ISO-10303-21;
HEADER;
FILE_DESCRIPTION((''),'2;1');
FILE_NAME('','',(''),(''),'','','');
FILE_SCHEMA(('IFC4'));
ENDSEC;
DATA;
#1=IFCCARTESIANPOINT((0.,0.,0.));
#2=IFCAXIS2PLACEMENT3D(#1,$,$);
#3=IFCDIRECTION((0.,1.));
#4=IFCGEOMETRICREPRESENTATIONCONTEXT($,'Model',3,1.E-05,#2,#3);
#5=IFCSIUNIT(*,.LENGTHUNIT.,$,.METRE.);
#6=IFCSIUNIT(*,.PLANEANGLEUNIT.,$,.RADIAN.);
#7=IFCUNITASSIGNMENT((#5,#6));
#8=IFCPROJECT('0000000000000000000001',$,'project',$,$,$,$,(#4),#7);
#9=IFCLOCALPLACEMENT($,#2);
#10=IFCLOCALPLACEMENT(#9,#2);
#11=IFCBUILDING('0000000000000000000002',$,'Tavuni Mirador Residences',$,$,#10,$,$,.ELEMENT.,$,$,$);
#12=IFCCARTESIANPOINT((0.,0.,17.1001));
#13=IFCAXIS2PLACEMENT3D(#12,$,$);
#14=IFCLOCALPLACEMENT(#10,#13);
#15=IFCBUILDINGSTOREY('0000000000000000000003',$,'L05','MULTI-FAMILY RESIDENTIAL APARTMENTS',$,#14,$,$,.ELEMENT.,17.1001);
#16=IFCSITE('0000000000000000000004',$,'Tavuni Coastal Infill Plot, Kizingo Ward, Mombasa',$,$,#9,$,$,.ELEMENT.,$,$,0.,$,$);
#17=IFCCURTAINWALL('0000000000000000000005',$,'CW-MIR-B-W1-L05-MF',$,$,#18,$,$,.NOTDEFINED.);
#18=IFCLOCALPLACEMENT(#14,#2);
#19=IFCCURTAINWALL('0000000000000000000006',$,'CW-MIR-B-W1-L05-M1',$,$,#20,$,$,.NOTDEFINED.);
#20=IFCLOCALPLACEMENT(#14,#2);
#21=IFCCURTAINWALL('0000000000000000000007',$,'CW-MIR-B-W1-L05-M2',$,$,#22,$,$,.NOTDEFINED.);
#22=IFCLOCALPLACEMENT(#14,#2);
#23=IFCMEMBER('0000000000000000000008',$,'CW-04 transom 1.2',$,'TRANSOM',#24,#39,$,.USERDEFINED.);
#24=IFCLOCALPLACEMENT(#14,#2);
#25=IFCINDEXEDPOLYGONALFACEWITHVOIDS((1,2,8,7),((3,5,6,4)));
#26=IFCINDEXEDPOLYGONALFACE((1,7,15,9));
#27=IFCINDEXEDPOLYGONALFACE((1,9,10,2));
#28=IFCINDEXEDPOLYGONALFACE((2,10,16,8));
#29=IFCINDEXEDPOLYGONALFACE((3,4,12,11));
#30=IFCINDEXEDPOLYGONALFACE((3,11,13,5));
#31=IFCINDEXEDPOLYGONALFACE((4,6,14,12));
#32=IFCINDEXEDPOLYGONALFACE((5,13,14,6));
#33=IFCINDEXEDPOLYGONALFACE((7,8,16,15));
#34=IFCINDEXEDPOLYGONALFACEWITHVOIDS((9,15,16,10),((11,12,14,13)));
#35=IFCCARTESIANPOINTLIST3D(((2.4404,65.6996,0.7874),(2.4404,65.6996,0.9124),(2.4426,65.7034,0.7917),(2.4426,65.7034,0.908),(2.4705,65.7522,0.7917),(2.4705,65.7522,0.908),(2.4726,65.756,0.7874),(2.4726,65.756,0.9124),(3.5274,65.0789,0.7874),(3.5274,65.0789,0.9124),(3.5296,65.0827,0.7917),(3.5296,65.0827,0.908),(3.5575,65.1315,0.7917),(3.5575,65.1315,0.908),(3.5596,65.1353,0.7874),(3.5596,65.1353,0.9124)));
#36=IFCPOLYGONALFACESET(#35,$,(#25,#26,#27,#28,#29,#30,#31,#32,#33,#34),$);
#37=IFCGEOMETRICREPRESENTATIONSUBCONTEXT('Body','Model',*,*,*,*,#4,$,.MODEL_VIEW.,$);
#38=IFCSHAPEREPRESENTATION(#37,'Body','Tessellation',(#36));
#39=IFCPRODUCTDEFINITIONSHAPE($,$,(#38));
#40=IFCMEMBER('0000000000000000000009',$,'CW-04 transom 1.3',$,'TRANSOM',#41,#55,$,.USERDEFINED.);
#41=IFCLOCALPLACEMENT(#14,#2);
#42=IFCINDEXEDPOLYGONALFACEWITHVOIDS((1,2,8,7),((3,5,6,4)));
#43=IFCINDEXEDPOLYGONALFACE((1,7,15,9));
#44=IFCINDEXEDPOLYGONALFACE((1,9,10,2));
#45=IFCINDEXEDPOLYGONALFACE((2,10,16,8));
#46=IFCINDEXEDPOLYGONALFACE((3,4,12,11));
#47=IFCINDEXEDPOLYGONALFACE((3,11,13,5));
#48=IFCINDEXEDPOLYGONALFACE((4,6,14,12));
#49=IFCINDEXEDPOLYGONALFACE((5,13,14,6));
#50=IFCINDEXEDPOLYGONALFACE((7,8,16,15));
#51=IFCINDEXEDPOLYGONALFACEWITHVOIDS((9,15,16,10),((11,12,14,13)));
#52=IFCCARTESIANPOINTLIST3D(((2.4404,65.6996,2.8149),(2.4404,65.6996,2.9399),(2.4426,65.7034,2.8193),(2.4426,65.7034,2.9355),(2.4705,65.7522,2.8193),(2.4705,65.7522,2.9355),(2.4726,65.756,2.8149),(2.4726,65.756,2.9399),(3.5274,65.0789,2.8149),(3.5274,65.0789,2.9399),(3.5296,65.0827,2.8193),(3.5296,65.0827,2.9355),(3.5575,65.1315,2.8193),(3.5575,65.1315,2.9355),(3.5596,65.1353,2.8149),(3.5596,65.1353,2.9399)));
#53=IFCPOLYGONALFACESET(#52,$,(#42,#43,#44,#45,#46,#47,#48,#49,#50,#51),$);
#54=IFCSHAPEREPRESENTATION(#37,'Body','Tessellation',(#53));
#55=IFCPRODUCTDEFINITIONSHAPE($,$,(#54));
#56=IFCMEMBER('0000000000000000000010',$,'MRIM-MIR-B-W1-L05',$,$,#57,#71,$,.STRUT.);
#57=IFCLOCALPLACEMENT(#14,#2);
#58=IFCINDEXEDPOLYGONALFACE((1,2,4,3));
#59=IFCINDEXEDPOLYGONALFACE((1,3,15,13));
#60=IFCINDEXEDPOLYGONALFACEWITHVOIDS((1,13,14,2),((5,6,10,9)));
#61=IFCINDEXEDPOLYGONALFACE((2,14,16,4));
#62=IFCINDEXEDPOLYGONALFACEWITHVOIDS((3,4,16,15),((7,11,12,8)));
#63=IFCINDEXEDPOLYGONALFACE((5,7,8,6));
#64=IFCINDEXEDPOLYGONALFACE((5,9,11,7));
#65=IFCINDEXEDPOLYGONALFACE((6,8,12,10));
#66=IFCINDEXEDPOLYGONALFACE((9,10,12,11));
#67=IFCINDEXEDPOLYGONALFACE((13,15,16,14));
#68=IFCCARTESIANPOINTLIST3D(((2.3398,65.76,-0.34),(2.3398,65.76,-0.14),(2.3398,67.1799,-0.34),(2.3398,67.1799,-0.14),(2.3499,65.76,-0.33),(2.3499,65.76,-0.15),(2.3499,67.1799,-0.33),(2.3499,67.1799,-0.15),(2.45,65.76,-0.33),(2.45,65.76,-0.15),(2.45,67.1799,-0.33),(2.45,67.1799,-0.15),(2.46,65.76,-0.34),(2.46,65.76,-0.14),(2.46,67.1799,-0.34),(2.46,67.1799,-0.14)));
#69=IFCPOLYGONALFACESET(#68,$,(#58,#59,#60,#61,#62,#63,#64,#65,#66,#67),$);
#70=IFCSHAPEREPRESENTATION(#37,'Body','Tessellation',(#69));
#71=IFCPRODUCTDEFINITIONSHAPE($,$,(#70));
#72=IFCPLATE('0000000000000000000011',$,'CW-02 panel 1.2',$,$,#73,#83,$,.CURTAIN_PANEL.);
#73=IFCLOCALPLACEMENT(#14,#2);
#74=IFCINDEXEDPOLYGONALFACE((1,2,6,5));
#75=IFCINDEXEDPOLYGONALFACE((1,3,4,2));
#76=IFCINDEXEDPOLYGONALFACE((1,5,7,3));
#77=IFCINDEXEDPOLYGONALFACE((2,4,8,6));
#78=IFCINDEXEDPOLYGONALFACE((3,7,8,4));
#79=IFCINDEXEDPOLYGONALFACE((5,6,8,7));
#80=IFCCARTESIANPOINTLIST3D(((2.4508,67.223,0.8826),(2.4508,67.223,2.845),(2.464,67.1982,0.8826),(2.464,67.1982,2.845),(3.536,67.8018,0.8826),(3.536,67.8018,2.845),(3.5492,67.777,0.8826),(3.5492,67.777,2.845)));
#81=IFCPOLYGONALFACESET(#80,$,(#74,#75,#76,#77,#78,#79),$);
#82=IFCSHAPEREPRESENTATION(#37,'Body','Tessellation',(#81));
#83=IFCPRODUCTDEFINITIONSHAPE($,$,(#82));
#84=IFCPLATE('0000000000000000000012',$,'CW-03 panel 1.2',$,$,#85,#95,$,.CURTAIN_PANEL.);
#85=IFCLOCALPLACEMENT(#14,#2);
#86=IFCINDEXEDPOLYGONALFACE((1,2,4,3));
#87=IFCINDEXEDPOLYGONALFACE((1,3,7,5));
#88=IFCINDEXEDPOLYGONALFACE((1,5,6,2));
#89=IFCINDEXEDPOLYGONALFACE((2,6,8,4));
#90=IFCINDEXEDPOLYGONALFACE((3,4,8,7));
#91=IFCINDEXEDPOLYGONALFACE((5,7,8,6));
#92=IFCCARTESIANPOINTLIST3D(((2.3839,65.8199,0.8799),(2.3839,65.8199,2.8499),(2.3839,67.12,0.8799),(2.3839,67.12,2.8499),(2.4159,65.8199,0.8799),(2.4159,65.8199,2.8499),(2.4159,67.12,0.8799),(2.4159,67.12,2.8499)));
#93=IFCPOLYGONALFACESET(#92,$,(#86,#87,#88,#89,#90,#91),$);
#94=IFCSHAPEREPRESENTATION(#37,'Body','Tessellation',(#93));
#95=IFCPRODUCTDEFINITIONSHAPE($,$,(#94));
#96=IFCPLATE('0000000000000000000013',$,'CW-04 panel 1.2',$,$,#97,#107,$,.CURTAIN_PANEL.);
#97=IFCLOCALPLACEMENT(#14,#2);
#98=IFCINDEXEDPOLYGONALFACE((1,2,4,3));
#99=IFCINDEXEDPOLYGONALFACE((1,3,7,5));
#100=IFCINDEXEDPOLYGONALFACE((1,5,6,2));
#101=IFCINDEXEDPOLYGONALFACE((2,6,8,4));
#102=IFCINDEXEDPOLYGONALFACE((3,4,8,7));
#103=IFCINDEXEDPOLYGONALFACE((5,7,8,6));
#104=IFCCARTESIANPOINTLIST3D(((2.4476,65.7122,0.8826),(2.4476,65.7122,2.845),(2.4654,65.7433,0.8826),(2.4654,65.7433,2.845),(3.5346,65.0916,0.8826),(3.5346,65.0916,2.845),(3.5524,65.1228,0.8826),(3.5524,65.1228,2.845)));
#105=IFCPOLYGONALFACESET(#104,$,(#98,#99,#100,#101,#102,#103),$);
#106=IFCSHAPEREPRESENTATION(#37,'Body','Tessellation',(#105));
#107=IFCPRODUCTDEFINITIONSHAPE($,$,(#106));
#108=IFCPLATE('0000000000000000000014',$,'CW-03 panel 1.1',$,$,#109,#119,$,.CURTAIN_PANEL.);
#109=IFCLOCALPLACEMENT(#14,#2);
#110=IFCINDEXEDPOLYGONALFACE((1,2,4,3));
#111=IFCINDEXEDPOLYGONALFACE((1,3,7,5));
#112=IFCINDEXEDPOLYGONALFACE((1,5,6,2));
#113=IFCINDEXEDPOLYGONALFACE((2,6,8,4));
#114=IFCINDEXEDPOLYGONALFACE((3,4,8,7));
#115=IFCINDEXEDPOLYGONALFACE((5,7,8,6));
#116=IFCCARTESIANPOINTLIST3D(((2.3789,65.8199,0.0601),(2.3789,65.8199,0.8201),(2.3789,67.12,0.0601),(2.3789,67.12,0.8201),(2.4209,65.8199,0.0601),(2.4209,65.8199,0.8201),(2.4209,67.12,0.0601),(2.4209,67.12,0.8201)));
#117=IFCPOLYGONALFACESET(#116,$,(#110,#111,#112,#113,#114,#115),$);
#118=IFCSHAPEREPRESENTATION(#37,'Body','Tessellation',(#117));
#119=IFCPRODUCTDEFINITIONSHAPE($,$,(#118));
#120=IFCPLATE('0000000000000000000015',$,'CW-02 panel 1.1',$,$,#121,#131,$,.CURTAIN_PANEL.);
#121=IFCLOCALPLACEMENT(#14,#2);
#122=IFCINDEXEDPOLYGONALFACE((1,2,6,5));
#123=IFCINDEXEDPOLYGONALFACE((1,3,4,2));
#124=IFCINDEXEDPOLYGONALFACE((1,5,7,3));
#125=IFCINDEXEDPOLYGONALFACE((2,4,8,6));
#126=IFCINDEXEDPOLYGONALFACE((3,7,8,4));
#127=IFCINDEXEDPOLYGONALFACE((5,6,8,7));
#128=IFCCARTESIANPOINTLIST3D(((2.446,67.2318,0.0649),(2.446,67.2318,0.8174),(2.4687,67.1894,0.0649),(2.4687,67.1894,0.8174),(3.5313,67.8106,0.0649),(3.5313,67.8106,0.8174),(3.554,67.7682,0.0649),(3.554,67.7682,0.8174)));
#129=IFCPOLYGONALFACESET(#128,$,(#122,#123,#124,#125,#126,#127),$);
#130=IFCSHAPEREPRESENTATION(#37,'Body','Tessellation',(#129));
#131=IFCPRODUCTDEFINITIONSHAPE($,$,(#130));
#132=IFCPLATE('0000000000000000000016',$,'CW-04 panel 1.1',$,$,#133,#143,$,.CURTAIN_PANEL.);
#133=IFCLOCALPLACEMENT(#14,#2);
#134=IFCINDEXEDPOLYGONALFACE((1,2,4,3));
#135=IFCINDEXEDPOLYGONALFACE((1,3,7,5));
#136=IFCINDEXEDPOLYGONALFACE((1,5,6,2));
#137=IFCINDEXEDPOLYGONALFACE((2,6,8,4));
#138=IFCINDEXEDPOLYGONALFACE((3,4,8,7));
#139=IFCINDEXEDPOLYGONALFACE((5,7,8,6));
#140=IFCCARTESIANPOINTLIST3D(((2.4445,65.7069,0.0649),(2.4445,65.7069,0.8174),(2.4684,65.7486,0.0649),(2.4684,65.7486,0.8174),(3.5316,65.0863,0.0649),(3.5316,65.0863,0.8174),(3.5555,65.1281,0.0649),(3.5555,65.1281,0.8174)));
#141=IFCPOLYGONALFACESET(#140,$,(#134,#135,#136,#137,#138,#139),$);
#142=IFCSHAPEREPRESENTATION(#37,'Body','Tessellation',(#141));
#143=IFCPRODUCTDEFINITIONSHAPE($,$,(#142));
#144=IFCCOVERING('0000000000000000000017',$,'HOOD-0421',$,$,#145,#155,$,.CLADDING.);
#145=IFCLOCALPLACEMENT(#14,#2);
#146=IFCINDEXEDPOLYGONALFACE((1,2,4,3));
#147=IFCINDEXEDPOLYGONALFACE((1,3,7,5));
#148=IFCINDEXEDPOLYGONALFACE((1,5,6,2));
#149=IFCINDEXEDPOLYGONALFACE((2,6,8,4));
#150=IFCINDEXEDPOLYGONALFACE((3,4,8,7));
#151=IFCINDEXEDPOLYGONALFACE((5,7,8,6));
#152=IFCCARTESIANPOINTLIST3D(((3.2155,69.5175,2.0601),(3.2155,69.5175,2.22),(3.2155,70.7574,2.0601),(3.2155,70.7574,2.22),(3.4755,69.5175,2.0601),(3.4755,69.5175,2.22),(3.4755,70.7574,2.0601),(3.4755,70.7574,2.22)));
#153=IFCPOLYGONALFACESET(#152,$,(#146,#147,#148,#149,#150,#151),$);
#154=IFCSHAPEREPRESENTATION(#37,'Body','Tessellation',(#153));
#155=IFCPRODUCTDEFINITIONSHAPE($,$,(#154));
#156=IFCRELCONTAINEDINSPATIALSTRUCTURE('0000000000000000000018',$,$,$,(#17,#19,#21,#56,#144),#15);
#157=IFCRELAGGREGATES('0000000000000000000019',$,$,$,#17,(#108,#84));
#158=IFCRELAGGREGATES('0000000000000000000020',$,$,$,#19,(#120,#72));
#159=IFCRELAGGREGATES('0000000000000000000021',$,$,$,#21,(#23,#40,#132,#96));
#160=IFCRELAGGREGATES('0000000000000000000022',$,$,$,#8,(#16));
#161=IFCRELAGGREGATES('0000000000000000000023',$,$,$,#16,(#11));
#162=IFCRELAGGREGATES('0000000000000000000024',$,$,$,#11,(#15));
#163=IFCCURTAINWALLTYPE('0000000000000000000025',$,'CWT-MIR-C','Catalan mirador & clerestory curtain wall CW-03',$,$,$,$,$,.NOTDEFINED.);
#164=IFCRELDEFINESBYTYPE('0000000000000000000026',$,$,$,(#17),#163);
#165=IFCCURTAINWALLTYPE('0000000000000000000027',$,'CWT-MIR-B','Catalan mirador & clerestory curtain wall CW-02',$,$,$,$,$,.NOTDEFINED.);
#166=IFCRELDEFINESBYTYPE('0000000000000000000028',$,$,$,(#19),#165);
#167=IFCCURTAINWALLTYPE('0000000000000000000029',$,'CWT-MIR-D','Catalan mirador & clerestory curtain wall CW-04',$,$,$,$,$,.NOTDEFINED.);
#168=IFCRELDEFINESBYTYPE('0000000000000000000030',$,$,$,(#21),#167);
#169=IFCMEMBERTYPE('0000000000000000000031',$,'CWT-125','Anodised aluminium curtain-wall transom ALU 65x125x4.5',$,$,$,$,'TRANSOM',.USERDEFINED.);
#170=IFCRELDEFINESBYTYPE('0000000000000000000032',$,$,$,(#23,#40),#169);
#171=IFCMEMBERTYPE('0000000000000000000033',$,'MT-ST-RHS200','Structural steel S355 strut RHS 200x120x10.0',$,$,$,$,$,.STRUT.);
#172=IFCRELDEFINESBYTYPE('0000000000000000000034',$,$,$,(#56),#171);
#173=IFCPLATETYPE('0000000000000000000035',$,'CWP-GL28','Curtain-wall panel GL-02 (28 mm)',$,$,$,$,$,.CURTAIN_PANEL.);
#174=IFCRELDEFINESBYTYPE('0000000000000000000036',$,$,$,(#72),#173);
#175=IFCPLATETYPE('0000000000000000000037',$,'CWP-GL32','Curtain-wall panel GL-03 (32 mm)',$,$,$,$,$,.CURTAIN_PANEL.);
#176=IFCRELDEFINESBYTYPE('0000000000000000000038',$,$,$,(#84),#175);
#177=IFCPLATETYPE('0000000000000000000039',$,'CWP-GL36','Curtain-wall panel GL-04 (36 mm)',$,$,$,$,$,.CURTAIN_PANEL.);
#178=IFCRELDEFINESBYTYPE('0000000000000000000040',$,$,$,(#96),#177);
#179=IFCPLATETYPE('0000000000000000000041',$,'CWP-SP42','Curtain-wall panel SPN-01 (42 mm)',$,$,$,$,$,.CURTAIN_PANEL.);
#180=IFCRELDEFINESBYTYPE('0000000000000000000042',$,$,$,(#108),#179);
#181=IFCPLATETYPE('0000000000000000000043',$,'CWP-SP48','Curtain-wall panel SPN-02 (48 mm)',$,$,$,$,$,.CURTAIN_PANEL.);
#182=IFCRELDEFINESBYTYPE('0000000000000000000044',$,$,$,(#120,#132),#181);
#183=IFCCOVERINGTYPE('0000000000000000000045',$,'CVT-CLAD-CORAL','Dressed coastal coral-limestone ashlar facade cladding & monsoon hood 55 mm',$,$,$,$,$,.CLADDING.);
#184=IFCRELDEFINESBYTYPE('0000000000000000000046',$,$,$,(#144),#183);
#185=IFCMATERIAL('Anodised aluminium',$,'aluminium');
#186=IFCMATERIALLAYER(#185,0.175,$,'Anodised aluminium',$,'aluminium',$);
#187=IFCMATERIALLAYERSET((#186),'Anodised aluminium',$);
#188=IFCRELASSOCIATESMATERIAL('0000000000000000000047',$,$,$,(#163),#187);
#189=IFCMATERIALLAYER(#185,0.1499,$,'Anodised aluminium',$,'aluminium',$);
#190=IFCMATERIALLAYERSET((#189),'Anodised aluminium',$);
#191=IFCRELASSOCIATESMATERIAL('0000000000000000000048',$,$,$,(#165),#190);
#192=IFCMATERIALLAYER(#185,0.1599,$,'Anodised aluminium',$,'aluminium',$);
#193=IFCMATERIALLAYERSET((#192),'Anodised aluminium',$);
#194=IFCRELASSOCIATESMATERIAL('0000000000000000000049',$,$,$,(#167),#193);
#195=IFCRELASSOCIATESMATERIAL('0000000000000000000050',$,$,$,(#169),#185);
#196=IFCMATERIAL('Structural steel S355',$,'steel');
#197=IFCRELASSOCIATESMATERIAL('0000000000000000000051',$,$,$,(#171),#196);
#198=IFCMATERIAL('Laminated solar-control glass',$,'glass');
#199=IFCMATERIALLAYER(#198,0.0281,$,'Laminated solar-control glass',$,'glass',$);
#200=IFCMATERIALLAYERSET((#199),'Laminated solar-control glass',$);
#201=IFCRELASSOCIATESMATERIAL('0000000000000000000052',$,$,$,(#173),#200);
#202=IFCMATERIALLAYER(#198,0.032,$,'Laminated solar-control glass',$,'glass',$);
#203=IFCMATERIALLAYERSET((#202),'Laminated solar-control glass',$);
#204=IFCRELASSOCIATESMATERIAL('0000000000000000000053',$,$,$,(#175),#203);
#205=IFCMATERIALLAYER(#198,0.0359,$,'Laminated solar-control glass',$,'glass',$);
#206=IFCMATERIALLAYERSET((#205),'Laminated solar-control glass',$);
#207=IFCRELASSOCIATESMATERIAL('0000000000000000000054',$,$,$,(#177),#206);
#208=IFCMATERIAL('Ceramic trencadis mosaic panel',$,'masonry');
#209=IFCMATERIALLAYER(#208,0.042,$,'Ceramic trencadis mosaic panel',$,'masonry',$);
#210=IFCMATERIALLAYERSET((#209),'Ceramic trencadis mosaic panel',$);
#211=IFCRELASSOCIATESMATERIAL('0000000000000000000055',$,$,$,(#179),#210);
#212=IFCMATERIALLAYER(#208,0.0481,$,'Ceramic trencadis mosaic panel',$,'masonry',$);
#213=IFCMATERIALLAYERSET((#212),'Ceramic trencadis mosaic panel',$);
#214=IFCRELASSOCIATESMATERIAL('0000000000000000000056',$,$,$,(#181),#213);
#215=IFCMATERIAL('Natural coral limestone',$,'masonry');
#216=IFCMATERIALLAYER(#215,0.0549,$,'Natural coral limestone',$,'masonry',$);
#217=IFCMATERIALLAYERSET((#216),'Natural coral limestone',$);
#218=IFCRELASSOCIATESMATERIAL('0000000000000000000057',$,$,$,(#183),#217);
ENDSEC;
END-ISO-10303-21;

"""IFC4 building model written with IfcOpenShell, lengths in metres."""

from ifc_helpers import new_model, si_unit, direction, frame, origin, origin_2d, place, context, subcontext, project, spatial, rectangle, hollow_rectangle, extrude, material, layer, layer_set, material_profile, profile_set, type_object, element, aggregate, save


model = new_model("IFC4")

# Units and contexts
model_context = context("Model", 3, precision=1e-05, world=origin(), true_north=direction((0.0, 1.0)))
body_context = subcontext(model_context, "Body", "Model", "MODEL_VIEW")
ifc_project = project(units=[si_unit("LENGTHUNIT", "METRE"), si_unit("PLANEANGLEUNIT", "RADIAN")], contexts=[model_context])

# Site, building, storey
site_placement = place(None, origin())
site = spatial("IfcSite", under=ifc_project, at=site_placement, Name="Tavuni Coastal Infill Plot, Kizingo Ward, Mombasa", CompositionType="ELEMENT", RefElevation=0.0)
building_placement = place(site_placement, origin())
building = spatial("IfcBuilding", under=site, at=building_placement, Name="Tavuni Mirador Residences", CompositionType="ELEMENT")
storey_placement = place(building_placement, frame((0.0, 0.0, 17.1001)))
storey = spatial("IfcBuildingStorey", under=building, at=storey_placement, Name="L05", Description="MULTI-FAMILY RESIDENTIAL APARTMENTS", CompositionType="ELEMENT", Elevation=17.1001)

# Curtain wall
ifc_material_1 = material(Name="Anodised aluminium", Category="aluminium")
ifc_layer_1 = layer(ifc_material_1, 0.175, Name="Anodised aluminium", Category="aluminium")
ifc_layer_set_1 = layer_set([ifc_layer_1], Name="Anodised aluminium")
curtain_wall_type_1 = type_object("IfcCurtainWallType", Name="CWT-MIR-C", Description="Catalan mirador & clerestory curtain wall CW-03", PredefinedType="NOTDEFINED", material=ifc_layer_set_1)
curtain_wall_1_placement = place(storey_placement, origin())
curtain_wall_1 = element("IfcCurtainWall", 1, at=curtain_wall_1_placement, inside=storey, type_object=curtain_wall_type_1, Name="CW-MIR-B-W1-L05-MF", PredefinedType="NOTDEFINED")

# Curtain walls
ifc_layer_2 = layer(ifc_material_1, 0.1499, Name="Anodised aluminium", Category="aluminium")
ifc_layer_set_2 = layer_set([ifc_layer_2], Name="Anodised aluminium")
curtain_wall_type_2 = type_object("IfcCurtainWallType", Name="CWT-MIR-B", Description="Catalan mirador & clerestory curtain wall CW-02", PredefinedType="NOTDEFINED", material=ifc_layer_set_2)
curtain_wall_2_placement = place(storey_placement, origin())
curtain_wall_2 = element("IfcCurtainWall", 2, at=curtain_wall_2_placement, inside=storey, type_object=curtain_wall_type_2, Name="CW-MIR-B-W1-L05-M1", PredefinedType="NOTDEFINED")
ifc_layer_3 = layer(ifc_material_1, 0.1599, Name="Anodised aluminium", Category="aluminium")
ifc_layer_set_3 = layer_set([ifc_layer_3], Name="Anodised aluminium")
curtain_wall_type_3 = type_object("IfcCurtainWallType", Name="CWT-MIR-D", Description="Catalan mirador & clerestory curtain wall CW-04", PredefinedType="NOTDEFINED", material=ifc_layer_set_3)
curtain_wall_3_placement = place(storey_placement, origin())
curtain_wall_3 = element("IfcCurtainWall", 3, at=curtain_wall_3_placement, inside=storey, type_object=curtain_wall_type_3, Name="CW-MIR-B-W1-L05-M2", PredefinedType="NOTDEFINED")

# Members
ifc_material_profile_1 = material_profile(ifc_material_1, hollow_rectangle(XDim=0.0649, YDim=0.125, WallThickness=0.0044, at=origin_2d()), Name="ALU 65x125x4.5", Category="aluminium")
ifc_profile_set_1 = profile_set([ifc_material_profile_1], Name="Anodised aluminium")
member_type_1 = type_object("IfcMemberType", Name="CWT-125", Description="Anodised aluminium curtain-wall transom ALU 65x125x4.5", ElementType="TRANSOM", PredefinedType="USERDEFINED", material=ifc_profile_set_1)
member_1_placement = place(storey_placement, frame((2.4565, 65.7278, 0.8499), z_axis=(0.868411, -0.495845, 0.0), x_axis=(0.495845, 0.868411, 0.0)))
member_1 = element("IfcMember", 4, at=member_1_placement, type_object=member_type_1, Name="CW-04 transom 1.2", ObjectType="TRANSOM", PredefinedType="USERDEFINED", context=body_context, shape_type="SweptSolid", body=[
    extrude(hollow_rectangle(XDim=0.0649, YDim=0.125, WallThickness=0.0044, at=origin_2d()), origin(), (0.0, 0.0, 1.0), 1.2517),
])
member_2_placement = place(storey_placement, frame((2.4565, 65.7278, 2.8774), z_axis=(0.868411, -0.495845, 0.0), x_axis=(0.495845, 0.868411, 0.0)))
member_2 = element("IfcMember", 5, at=member_2_placement, type_object=member_type_1, Name="CW-04 transom 1.3", ObjectType="TRANSOM", PredefinedType="USERDEFINED", context=body_context, shape_type="SweptSolid", body=[
    extrude(hollow_rectangle(XDim=0.0649, YDim=0.125, WallThickness=0.0044, at=origin_2d()), origin(), (0.0, 0.0, 1.0), 1.2517),
])
ifc_material_2 = material(Name="Structural steel S355", Category="steel")
ifc_material_profile_2 = material_profile(ifc_material_2, hollow_rectangle(XDim=0.1201, YDim=0.2, WallThickness=0.01, at=origin_2d()), Name="RHS 200x120x10.0", Category="steel")
ifc_profile_set_2 = profile_set([ifc_material_profile_2], Name="Structural steel S355")
member_type_2 = type_object("IfcMemberType", Name="MT-ST-RHS200", Description="Structural steel S355 strut RHS 200x120x10.0", PredefinedType="STRUT", material=ifc_profile_set_2)
member_3_placement = place(storey_placement, frame((2.3999, 65.76, -0.24), z_axis=(0.0, 1.0, 0.0), x_axis=(-1.0, 0.0, 0.0)))
element("IfcMember", 6, at=member_3_placement, inside=storey, type_object=member_type_2, Name="MRIM-MIR-B-W1-L05", PredefinedType="STRUT", context=body_context, shape_type="SweptSolid", body=[
    extrude(hollow_rectangle(XDim=0.1201, YDim=0.2, WallThickness=0.01, at=origin_2d()), origin(), (0.0, 0.0, 1.0), 1.4199),
])

# Plates
ifc_material_3 = material(Name="Laminated solar-control glass", Category="glass")
ifc_layer_4 = layer(ifc_material_3, 0.0281, Name="Laminated solar-control glass", Category="glass")
ifc_layer_set_4 = layer_set([ifc_layer_4], Name="Laminated solar-control glass")
plate_type_1 = type_object("IfcPlateType", Name="CWP-GL28", Description="Curtain-wall panel GL-02 (28 mm)", PredefinedType="CURTAIN_PANEL", material=ifc_layer_set_4)
plate_1_placement = place(storey_placement, frame((3.0, 67.5, 0.8826), z_axis=(0.0, 0.0, 1.0), x_axis=(-0.882353, -0.470588, 0.0)))
plate_1 = element("IfcPlate", 7, at=plate_1_placement, type_object=plate_type_1, Name="CW-02 panel 1.2", PredefinedType="CURTAIN_PANEL", context=body_context, shape_type="SweptSolid", body=[
    extrude(rectangle(XDim=1.23, YDim=0.0281, at=origin_2d()), origin(), (0.0, 0.0, 1.0), 1.9624),
])
ifc_layer_5 = layer(ifc_material_3, 0.032, Name="Laminated solar-control glass", Category="glass")
ifc_layer_set_5 = layer_set([ifc_layer_5], Name="Laminated solar-control glass")
plate_type_2 = type_object("IfcPlateType", Name="CWP-GL32", Description="Curtain-wall panel GL-03 (32 mm)", PredefinedType="CURTAIN_PANEL", material=ifc_layer_set_5)
plate_2_placement = place(storey_placement, frame((2.3999, 66.47, 0.8799), z_axis=(0.0, 0.0, 1.0), x_axis=(0.0, -1.0, 0.0)))
plate_2 = element("IfcPlate", 8, at=plate_2_placement, type_object=plate_type_2, Name="CW-03 panel 1.2", PredefinedType="CURTAIN_PANEL", context=body_context, shape_type="SweptSolid", body=[
    extrude(rectangle(XDim=1.3, YDim=0.032, at=origin_2d()), origin(), (0.0, 0.0, 1.0), 1.97),
])
ifc_layer_6 = layer(ifc_material_3, 0.0359, Name="Laminated solar-control glass", Category="glass")
ifc_layer_set_6 = layer_set([ifc_layer_6], Name="Laminated solar-control glass")
plate_type_3 = type_object("IfcPlateType", Name="CWP-GL36", Description="Curtain-wall panel GL-04 (36 mm)", PredefinedType="CURTAIN_PANEL", material=ifc_layer_set_6)
plate_3_placement = place(storey_placement, frame((3.0, 65.4175, 0.8826), z_axis=(0.0, 0.0, 1.0), x_axis=(0.868466, -0.495749, 0.0)))
plate_3 = element("IfcPlate", 9, at=plate_3_placement, type_object=plate_type_3, Name="CW-04 panel 1.2", PredefinedType="CURTAIN_PANEL", context=body_context, shape_type="SweptSolid", body=[
    extrude(rectangle(XDim=1.2517, YDim=0.0359, at=origin_2d()), origin(), (0.0, 0.0, 1.0), 1.9624),
])
ifc_material_4 = material(Name="Ceramic trencadis mosaic panel", Category="masonry")
ifc_layer_7 = layer(ifc_material_4, 0.042, Name="Ceramic trencadis mosaic panel", Category="masonry")
ifc_layer_set_7 = layer_set([ifc_layer_7], Name="Ceramic trencadis mosaic panel")
plate_type_4 = type_object("IfcPlateType", Name="CWP-SP42", Description="Curtain-wall panel SPN-01 (42 mm)", PredefinedType="CURTAIN_PANEL", material=ifc_layer_set_7)
plate_4_placement = place(storey_placement, frame((2.3999, 66.47, 0.0601), z_axis=(0.0, 0.0, 1.0), x_axis=(0.0, -1.0, 0.0)))
plate_4 = element("IfcPlate", 10, at=plate_4_placement, type_object=plate_type_4, Name="CW-03 panel 1.1", PredefinedType="CURTAIN_PANEL", context=body_context, shape_type="SweptSolid", body=[
    extrude(rectangle(XDim=1.3, YDim=0.042, at=origin_2d()), origin(), (0.0, 0.0, 1.0), 0.76),
])
aggregate(curtain_wall_1, [plate_4, plate_2])
ifc_layer_8 = layer(ifc_material_4, 0.0481, Name="Ceramic trencadis mosaic panel", Category="masonry")
ifc_layer_set_8 = layer_set([ifc_layer_8], Name="Ceramic trencadis mosaic panel")
plate_type_5 = type_object("IfcPlateType", Name="CWP-SP48", Description="Curtain-wall panel SPN-02 (48 mm)", PredefinedType="CURTAIN_PANEL", material=ifc_layer_set_8)
plate_5_placement = place(storey_placement, frame((3.0, 67.5, 0.0649), z_axis=(0.0, 0.0, 1.0), x_axis=(-0.882353, -0.470588, 0.0)))
plate_5 = element("IfcPlate", 11, at=plate_5_placement, type_object=plate_type_5, Name="CW-02 panel 1.1", PredefinedType="CURTAIN_PANEL", context=body_context, shape_type="SweptSolid", body=[
    extrude(rectangle(XDim=1.23, YDim=0.0481, at=origin_2d()), origin(), (0.0, 0.0, 1.0), 0.7524),
])
aggregate(curtain_wall_2, [plate_5, plate_1])
plate_6_placement = place(storey_placement, frame((3.0, 65.4175, 0.0649), z_axis=(0.0, 0.0, 1.0), x_axis=(0.868466, -0.495749, 0.0)))
plate_6 = element("IfcPlate", 12, at=plate_6_placement, type_object=plate_type_5, Name="CW-04 panel 1.1", PredefinedType="CURTAIN_PANEL", context=body_context, shape_type="SweptSolid", body=[
    extrude(rectangle(XDim=1.2517, YDim=0.0481, at=origin_2d()), origin(), (0.0, 0.0, 1.0), 0.7524),
])
aggregate(curtain_wall_3, [member_1, member_2, plate_6, plate_3])

# Covering
ifc_material_5 = material(Name="Natural coral limestone", Category="masonry")
ifc_layer_9 = layer(ifc_material_5, 0.0549, Name="Natural coral limestone", Category="masonry")
ifc_layer_set_9 = layer_set([ifc_layer_9], Name="Natural coral limestone")
covering_type = type_object("IfcCoveringType", Name="CVT-CLAD-CORAL", Description="Dressed coastal coral-limestone ashlar facade cladding & monsoon hood 55 mm", PredefinedType="CLADDING", material=ifc_layer_set_9)
covering_placement = place(storey_placement, frame((3.3455, 70.1375, 2.0601), z_axis=(0.0, 0.0, 1.0), x_axis=(0.0, -1.0, 0.0)))
element("IfcCovering", 13, at=covering_placement, inside=storey, type_object=covering_type, Name="HOOD-0421", PredefinedType="CLADDING", context=body_context, shape_type="SweptSolid", body=[
    extrude(rectangle(XDim=1.24, YDim=0.26, at=origin_2d()), origin(), (0.0, 0.0, 1.0), 0.1599),
])

save(model, "model.ifc")
